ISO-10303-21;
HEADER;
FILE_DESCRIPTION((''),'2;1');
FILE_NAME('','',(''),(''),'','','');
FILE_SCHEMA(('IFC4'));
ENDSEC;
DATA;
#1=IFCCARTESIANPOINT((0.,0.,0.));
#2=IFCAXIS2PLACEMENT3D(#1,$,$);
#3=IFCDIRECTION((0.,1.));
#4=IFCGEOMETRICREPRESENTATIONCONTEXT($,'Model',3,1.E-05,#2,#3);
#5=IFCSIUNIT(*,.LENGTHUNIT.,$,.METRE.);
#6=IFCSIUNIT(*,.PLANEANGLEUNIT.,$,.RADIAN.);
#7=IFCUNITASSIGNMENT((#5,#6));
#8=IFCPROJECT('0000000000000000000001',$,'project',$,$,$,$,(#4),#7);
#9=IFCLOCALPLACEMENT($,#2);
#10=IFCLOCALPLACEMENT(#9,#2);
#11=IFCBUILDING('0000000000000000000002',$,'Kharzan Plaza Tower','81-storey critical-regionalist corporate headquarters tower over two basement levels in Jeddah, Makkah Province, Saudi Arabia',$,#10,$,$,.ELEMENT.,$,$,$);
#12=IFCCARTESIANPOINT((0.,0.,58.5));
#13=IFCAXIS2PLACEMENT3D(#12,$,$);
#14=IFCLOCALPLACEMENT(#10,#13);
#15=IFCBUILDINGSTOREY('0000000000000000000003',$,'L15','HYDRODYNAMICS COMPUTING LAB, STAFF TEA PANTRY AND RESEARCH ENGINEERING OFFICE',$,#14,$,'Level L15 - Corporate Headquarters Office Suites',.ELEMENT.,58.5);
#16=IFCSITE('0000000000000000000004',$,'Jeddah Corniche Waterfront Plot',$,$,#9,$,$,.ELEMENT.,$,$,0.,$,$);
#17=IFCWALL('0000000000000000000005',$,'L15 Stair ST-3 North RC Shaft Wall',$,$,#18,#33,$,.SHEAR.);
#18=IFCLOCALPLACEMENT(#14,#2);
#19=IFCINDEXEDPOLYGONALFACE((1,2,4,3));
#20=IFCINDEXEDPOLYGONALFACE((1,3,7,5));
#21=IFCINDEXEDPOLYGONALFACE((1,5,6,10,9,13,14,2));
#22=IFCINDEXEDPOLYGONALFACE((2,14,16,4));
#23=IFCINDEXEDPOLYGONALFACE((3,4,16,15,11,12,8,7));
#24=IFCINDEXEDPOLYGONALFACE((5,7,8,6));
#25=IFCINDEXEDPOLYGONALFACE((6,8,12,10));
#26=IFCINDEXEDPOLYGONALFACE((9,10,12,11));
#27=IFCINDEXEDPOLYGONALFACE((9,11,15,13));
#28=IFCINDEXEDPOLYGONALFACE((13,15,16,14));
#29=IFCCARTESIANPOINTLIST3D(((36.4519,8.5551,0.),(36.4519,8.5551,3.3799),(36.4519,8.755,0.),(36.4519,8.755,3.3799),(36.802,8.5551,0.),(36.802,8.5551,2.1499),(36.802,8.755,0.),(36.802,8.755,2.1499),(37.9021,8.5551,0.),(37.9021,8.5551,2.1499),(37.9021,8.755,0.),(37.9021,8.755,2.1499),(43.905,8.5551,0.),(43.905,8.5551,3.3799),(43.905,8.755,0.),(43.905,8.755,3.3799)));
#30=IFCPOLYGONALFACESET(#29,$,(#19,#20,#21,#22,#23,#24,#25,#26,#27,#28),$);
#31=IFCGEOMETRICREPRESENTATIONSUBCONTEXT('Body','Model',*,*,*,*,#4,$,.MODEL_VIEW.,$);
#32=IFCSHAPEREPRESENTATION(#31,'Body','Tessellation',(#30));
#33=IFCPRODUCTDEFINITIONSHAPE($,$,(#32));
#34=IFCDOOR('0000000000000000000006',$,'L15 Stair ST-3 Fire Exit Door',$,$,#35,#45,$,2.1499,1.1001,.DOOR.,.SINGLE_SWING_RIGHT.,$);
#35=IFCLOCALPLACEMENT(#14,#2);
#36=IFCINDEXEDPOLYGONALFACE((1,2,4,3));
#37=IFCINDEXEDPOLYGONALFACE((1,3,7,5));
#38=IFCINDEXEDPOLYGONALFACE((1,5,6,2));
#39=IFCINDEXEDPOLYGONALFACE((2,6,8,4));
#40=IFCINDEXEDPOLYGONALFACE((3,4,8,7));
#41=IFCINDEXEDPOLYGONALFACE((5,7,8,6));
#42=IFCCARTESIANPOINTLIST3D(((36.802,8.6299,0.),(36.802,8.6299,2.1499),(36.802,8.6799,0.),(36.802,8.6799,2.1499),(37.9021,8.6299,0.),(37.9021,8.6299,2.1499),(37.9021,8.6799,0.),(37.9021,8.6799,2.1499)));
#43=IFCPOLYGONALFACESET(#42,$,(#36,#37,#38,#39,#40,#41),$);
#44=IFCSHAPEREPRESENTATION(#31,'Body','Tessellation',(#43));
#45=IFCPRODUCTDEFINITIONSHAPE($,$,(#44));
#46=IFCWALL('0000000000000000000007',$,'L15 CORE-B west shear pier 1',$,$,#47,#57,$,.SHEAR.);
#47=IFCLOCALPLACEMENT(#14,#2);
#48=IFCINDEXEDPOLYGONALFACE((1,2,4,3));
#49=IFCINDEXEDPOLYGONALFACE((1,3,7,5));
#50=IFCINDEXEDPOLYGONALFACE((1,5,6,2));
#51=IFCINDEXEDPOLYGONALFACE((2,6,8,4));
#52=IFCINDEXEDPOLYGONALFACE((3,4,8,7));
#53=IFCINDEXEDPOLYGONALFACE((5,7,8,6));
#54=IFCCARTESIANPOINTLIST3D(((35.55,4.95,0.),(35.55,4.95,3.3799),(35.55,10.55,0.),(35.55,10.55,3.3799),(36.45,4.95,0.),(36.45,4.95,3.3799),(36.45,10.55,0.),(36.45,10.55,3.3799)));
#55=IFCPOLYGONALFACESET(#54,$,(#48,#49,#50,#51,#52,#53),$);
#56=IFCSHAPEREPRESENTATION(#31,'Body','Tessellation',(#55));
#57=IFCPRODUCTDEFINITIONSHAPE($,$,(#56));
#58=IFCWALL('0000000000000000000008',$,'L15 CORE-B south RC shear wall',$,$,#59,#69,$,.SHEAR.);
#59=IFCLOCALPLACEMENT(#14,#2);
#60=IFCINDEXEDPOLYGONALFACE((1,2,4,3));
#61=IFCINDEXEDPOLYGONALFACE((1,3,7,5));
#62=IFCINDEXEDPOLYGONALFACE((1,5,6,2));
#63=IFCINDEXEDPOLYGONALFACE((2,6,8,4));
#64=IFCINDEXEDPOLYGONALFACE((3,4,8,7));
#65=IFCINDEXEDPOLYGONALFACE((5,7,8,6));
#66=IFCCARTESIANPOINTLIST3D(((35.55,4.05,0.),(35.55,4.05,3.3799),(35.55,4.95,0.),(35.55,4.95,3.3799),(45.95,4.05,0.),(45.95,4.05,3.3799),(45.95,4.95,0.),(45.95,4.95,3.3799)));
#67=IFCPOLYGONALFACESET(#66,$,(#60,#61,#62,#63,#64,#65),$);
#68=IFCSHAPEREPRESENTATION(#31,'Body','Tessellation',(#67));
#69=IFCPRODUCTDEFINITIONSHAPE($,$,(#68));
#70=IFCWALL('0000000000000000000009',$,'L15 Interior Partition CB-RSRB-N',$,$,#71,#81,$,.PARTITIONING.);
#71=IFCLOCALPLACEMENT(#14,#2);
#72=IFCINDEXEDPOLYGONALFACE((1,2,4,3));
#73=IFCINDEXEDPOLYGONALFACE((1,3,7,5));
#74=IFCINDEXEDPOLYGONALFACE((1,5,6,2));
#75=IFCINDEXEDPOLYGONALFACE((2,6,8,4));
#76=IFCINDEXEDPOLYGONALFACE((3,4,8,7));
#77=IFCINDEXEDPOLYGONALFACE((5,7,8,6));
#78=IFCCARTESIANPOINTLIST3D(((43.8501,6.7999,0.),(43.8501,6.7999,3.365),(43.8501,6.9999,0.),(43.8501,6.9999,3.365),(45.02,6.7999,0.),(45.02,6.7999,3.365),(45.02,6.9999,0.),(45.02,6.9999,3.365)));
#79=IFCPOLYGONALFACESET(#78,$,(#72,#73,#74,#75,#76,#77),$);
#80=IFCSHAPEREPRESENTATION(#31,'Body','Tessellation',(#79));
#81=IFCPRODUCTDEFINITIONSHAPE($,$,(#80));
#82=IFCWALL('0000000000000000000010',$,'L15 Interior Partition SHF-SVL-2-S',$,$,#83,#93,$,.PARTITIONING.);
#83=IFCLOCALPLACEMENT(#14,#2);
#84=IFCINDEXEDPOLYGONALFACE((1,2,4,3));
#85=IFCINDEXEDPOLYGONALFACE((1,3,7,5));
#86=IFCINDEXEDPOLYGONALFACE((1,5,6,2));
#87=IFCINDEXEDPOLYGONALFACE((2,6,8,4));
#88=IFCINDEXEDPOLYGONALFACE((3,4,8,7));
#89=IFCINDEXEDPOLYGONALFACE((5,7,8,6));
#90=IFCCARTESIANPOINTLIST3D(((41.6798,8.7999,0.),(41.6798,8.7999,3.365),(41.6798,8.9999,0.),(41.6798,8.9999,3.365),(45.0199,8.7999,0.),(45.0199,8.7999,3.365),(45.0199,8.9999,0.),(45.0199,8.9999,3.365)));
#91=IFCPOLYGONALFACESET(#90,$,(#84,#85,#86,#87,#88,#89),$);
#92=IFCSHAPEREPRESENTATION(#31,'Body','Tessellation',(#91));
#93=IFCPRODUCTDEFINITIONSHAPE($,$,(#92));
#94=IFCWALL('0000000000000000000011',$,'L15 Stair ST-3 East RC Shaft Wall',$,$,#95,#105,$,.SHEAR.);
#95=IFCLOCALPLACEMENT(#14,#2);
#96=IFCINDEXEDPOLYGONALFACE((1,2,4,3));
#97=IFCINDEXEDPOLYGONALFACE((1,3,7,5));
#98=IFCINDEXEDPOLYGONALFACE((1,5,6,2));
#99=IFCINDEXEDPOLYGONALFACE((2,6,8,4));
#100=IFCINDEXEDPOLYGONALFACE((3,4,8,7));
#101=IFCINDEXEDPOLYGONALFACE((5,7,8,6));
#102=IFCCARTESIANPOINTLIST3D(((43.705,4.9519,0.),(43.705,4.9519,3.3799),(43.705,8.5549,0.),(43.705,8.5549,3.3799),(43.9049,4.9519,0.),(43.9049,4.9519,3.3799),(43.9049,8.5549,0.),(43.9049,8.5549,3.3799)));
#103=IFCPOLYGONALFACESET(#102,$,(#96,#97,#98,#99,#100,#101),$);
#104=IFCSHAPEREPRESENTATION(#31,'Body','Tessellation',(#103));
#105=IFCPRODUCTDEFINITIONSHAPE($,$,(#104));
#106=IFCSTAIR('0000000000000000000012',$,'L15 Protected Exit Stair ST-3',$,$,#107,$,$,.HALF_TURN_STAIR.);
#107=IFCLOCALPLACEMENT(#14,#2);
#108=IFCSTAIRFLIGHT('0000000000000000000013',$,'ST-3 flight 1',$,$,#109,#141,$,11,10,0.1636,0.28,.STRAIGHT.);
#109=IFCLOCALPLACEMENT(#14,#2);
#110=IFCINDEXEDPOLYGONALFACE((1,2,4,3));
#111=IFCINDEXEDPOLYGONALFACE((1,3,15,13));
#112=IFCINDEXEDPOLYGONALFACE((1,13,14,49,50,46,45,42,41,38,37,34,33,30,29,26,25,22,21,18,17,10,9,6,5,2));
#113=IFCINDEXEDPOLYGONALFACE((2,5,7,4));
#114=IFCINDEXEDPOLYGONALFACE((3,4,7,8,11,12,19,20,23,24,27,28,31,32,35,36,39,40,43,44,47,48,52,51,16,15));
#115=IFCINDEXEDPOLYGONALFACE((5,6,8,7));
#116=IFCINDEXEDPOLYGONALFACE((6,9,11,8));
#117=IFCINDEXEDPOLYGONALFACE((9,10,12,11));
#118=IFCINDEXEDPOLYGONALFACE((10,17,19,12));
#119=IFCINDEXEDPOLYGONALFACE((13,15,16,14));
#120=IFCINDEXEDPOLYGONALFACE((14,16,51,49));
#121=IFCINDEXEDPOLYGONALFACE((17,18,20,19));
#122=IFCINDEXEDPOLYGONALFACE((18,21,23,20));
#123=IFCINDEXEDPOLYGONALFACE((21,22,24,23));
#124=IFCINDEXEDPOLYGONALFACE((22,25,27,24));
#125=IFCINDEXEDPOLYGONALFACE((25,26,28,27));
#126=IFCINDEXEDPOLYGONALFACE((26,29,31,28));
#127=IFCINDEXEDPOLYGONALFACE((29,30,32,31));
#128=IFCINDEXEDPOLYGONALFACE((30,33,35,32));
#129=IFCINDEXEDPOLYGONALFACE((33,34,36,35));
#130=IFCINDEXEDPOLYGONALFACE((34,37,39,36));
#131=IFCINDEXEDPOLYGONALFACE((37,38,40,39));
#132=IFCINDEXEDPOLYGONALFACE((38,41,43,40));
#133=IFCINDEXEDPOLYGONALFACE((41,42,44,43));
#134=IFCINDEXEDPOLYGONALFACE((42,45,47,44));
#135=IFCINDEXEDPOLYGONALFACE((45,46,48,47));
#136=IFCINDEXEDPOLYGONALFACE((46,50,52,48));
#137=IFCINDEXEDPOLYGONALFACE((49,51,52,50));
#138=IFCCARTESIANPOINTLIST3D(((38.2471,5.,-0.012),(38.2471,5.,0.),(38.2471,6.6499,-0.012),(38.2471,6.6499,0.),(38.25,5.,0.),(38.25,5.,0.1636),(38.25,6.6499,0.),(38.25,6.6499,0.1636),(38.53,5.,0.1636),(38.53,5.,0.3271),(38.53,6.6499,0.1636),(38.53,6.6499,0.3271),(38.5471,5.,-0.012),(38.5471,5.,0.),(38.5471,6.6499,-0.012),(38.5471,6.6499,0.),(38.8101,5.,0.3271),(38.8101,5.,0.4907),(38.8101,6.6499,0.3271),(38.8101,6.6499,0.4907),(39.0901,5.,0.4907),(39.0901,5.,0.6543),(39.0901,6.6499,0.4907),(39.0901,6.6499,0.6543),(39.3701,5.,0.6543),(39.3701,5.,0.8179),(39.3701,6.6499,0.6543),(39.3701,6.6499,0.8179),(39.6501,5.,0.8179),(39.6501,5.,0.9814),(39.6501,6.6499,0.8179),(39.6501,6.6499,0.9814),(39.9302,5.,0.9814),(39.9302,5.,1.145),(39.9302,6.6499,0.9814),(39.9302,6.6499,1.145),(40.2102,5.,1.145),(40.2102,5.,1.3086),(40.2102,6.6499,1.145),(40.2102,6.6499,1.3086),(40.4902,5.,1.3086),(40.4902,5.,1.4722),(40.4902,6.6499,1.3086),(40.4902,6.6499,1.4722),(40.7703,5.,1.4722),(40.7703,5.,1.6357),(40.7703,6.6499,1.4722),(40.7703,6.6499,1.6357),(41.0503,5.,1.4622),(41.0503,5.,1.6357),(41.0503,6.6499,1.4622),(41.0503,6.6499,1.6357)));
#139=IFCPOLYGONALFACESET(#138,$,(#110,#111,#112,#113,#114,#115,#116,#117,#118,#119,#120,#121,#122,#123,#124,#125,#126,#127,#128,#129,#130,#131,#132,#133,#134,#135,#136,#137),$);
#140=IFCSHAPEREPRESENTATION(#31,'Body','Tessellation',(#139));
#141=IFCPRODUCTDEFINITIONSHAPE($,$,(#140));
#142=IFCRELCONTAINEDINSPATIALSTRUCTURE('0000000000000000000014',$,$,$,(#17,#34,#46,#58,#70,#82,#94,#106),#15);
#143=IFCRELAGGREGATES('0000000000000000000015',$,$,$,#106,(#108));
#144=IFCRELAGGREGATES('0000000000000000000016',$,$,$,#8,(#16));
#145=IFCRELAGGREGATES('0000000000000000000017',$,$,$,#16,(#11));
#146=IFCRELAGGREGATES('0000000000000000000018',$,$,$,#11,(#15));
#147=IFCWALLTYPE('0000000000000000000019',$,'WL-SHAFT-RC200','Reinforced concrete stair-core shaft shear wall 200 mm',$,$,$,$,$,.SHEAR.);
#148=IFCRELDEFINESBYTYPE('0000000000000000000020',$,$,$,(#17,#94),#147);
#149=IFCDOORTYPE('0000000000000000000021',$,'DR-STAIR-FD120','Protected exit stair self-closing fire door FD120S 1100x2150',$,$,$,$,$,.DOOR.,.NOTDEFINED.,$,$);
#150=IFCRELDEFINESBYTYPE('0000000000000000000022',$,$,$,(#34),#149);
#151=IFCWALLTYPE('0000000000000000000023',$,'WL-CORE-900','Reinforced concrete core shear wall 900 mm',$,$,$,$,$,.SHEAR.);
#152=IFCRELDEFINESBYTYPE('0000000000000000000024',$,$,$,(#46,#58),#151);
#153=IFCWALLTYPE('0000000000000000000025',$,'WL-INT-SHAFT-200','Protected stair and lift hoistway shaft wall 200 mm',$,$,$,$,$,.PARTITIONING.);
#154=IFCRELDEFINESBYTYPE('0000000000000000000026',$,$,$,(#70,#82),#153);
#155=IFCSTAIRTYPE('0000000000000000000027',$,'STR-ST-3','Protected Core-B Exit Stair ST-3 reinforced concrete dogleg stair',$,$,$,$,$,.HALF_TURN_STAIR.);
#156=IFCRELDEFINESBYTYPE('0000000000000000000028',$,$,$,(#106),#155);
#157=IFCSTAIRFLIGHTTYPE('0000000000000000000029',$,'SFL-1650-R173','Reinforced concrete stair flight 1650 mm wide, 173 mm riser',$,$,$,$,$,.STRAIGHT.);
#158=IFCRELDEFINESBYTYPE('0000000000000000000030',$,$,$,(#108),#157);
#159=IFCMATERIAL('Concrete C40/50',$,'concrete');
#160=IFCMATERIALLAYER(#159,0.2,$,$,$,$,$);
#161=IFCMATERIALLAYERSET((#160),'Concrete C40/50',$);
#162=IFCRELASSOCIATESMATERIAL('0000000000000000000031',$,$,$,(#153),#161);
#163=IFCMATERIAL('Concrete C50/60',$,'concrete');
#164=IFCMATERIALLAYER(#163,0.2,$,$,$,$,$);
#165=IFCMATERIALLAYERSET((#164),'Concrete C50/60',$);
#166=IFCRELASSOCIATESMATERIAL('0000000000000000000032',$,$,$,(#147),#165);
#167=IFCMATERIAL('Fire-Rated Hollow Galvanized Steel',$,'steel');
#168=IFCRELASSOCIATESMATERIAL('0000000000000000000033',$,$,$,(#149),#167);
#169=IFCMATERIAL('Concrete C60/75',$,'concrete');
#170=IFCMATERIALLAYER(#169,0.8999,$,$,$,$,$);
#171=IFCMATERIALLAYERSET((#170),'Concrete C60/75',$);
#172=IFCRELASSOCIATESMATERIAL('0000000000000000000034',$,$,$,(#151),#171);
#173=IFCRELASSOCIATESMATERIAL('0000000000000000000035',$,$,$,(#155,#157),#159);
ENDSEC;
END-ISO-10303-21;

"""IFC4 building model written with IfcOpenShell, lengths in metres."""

from ifc_helpers import new_model, si_unit, direction, frame, frame_2d, origin, place, context, subcontext, project, spatial, polyline, rectangle, outline, extrude, source, transform, mapped, material, layer, layer_set, type_object, element, fill, aggregate, save


model = new_model("IFC4")

# Units and contexts
model_context = context("Model", 3, precision=1e-05, world=origin(), true_north=direction((0.0, 1.0)))
body_context = subcontext(model_context, "Body", "Model", "MODEL_VIEW")
ifc_project = project(units=[si_unit("LENGTHUNIT", "METRE"), si_unit("PLANEANGLEUNIT", "RADIAN")], contexts=[model_context])

# Site, building, storey
site_placement = place(None, origin())
site = spatial("IfcSite", under=ifc_project, at=site_placement, Name="Jeddah Corniche Waterfront Plot", CompositionType="ELEMENT", RefElevation=0.0)
building_placement = place(site_placement, origin())
building = spatial("IfcBuilding", under=site, at=building_placement, Name="Kharzan Plaza Tower", Description="81-storey critical-regionalist corporate headquarters tower over two basement levels in Jeddah, Makkah Province, Saudi Arabia", CompositionType="ELEMENT")
storey_placement = place(building_placement, frame((0.0, 0.0, 58.5)))
storey = spatial("IfcBuildingStorey", under=building, at=storey_placement, Name="L15", Description="HYDRODYNAMICS COMPUTING LAB, STAFF TEA PANTRY AND RESEARCH ENGINEERING OFFICE", LongName="Level L15 - Corporate Headquarters Office Suites", CompositionType="ELEMENT", Elevation=58.5)

# Shared definitions
ifc_material_1 = material(Name="Concrete C60/75", Category="concrete")

# Shared definitions
ifc_material_2 = material(Name="Concrete C40/50", Category="concrete")

# Wall, opening, door
ifc_layer_1 = layer(ifc_material_2, 0.2)
ifc_layer_set_1 = layer_set([ifc_layer_1], Name="Concrete C40/50")
wall_type_1 = type_object("IfcWallType", Name="WL-INT-SHAFT-200", Description="Protected stair and lift hoistway shaft wall 200 mm", PredefinedType="PARTITIONING", material=ifc_layer_set_1)
ifc_material_3 = material(Name="Concrete C50/60", Category="concrete")
ifc_layer_2 = layer(ifc_material_3, 0.2)
ifc_layer_set_2 = layer_set([ifc_layer_2], Name="Concrete C50/60")
wall_type_2 = type_object("IfcWallType", Name="WL-SHAFT-RC200", Description="Reinforced concrete stair-core shaft shear wall 200 mm", PredefinedType="SHEAR", material=ifc_layer_set_2)
wall_1_placement = place(storey_placement, frame((36.4519, 8.655, 0.0), z_axis=(0.0, 0.0, 1.0), x_axis=(1.0, 0.0, 0.0)))
wall_1 = element("IfcWall", 1, at=wall_1_placement, inside=storey, type_object=wall_type_2, Name="L15 Stair ST-3 North RC Shaft Wall", PredefinedType="SHEAR", context=body_context, shape_type="SweptSolid", body=[
    extrude(rectangle(XDim=7.4531, YDim=0.2, at=frame_2d((3.7266, 0.0))), origin(), (0.0, 0.0, 1.0), 3.3799),
])
opening_1_placement = place(wall_1_placement, frame((0.3501, 0.0, 0.0)))
opening_1 = element("IfcOpeningElement", 2, at=opening_1_placement, cuts=wall_1, PredefinedType="OPENING", context=body_context, shape_type="SweptSolid", body=[
    extrude(rectangle(XDim=1.1001, YDim=2.1499, at=frame_2d((0.55, 1.075))), frame((0.0, 0.1099, 0.0), z_axis=(0.0, -1.0, 0.0), x_axis=(1.0, 0.0, 0.0)), (0.0, 0.0, 1.0), 0.22),
])
ifc_material_4 = material(Name="Fire-Rated Hollow Galvanized Steel", Category="steel")
door_type_1 = type_object("IfcDoorType", Name="DR-STAIR-FD120", Description="Protected exit stair self-closing fire door FD120S 1100x2150", OperationType="NOTDEFINED", PredefinedType="DOOR", material=ifc_material_4)
shared_shape_1 = source(origin(), body_context, "Body", "SweptSolid", [
    extrude(rectangle(XDim=1.1001, YDim=2.1499, at=frame_2d((0.55, 1.075))), frame((0.0, 0.0249, 0.0), z_axis=(0.0, -1.0, 0.0), x_axis=(1.0, 0.0, 0.0)), (0.0, 0.0, 1.0), 0.05),
])
door_1_placement = place(opening_1_placement, origin())
door_1 = element("IfcDoor", 3, at=door_1_placement, inside=storey, type_object=door_type_1, Name="L15 Stair ST-3 Fire Exit Door", OperationType="SINGLE_SWING_RIGHT", OverallHeight=2.1499, OverallWidth=1.1001, PredefinedType="DOOR", context=body_context, shape_type="MappedRepresentation", body=[
    mapped(shared_shape_1, transform((0.0, 0.0, 0.0), x_axis=(1.0, 0.0, 0.0), y_axis=(0.0, 1.0, 0.0), z_axis=(0.0, 0.0, 1.0))),
])
fill(opening_1, door_1)

# Walls
ifc_layer_3 = layer(ifc_material_1, 0.8999)
ifc_layer_set_3 = layer_set([ifc_layer_3], Name="Concrete C60/75")
wall_type_3 = type_object("IfcWallType", Name="WL-CORE-900", Description="Reinforced concrete core shear wall 900 mm", PredefinedType="SHEAR", material=ifc_layer_set_3)
shared_shape_2 = source(origin(), body_context, "Body", "SweptSolid", [
    extrude(rectangle(XDim=5.6001, YDim=0.8999, at=frame_2d((2.8, 0.0))), origin(), (0.0, 0.0, 1.0), 3.3799),
])
wall_2_placement = place(storey_placement, frame((36.0, 4.95, 0.0), z_axis=(0.0, 0.0, 1.0), x_axis=(0.0, 1.0, 0.0)))
element("IfcWall", 4, at=wall_2_placement, inside=storey, type_object=wall_type_3, Name="L15 CORE-B west shear pier 1", PredefinedType="SHEAR", context=body_context, shape_type="MappedRepresentation", body=[
    mapped(shared_shape_2, transform((0.0, 0.0, 0.0), x_axis=(1.0, 0.0, 0.0), y_axis=(0.0, 1.0, 0.0), z_axis=(0.0, 0.0, 1.0))),
])
shared_shape_3 = source(origin(), body_context, "Body", "SweptSolid", [
    extrude(rectangle(XDim=10.3999, YDim=0.8999, at=frame_2d((5.2, 0.0))), origin(), (0.0, 0.0, 1.0), 3.3799),
])
wall_3_placement = place(storey_placement, frame((35.55, 4.5, 0.0), z_axis=(0.0, 0.0, 1.0), x_axis=(1.0, 0.0, 0.0)))
element("IfcWall", 5, at=wall_3_placement, inside=storey, type_object=wall_type_3, Name="L15 CORE-B south RC shear wall", PredefinedType="SHEAR", context=body_context, shape_type="MappedRepresentation", body=[
    mapped(shared_shape_3, transform((0.0, 0.0, 0.0), x_axis=(1.0, 0.0, 0.0), y_axis=(0.0, 1.0, 0.0), z_axis=(0.0, 0.0, 1.0))),
])
shared_shape_4 = source(origin(), body_context, "Body", "SweptSolid", [
    extrude(rectangle(XDim=1.1699, YDim=0.2, at=frame_2d((0.585, 0.0))), origin(), (0.0, 0.0, 1.0), 3.365),
])
wall_4_placement = place(storey_placement, frame((43.8501, 6.8999, 0.0), z_axis=(0.0, 0.0, 1.0), x_axis=(1.0, 0.0, 0.0)))
element("IfcWall", 6, at=wall_4_placement, inside=storey, type_object=wall_type_1, Name="L15 Interior Partition CB-RSRB-N", PredefinedType="PARTITIONING", context=body_context, shape_type="MappedRepresentation", body=[
    mapped(shared_shape_4, transform((0.0, 0.0, 0.0), x_axis=(1.0, 0.0, 0.0), y_axis=(0.0, 1.0, 0.0), z_axis=(0.0, 0.0, 1.0))),
])
shared_shape_5 = source(origin(), body_context, "Body", "SweptSolid", [
    extrude(rectangle(XDim=3.3401, YDim=0.2, at=frame_2d((1.6699, 0.0))), origin(), (0.0, 0.0, 1.0), 3.365),
])
wall_5_placement = place(storey_placement, frame((41.6799, 8.8999, 0.0), z_axis=(0.0, 0.0, 1.0), x_axis=(1.0, 0.0, 0.0)))
element("IfcWall", 7, at=wall_5_placement, inside=storey, type_object=wall_type_1, Name="L15 Interior Partition SHF-SVL-2-S", PredefinedType="PARTITIONING", context=body_context, shape_type="MappedRepresentation", body=[
    mapped(shared_shape_5, transform((0.0, 0.0, 0.0), x_axis=(1.0, 0.0, 0.0), y_axis=(0.0, 1.0, 0.0), z_axis=(0.0, 0.0, 1.0))),
])
shared_shape_6 = source(origin(), body_context, "Body", "SweptSolid", [
    extrude(rectangle(XDim=3.603, YDim=0.2, at=frame_2d((1.8015, 0.0))), origin(), (0.0, 0.0, 1.0), 3.3799),
])
wall_6_placement = place(storey_placement, frame((43.8049, 4.9519, 0.0), z_axis=(0.0, 0.0, 1.0), x_axis=(0.0, 1.0, 0.0)))
element("IfcWall", 8, at=wall_6_placement, inside=storey, type_object=wall_type_2, Name="L15 Stair ST-3 East RC Shaft Wall", PredefinedType="SHEAR", context=body_context, shape_type="MappedRepresentation", body=[
    mapped(shared_shape_6, transform((0.0, 0.0, 0.0), x_axis=(1.0, 0.0, 0.0), y_axis=(0.0, 1.0, 0.0), z_axis=(0.0, 0.0, 1.0))),
])

# Stair, stair flight
stair_type = type_object("IfcStairType", Name="STR-ST-3", Description="Protected Core-B Exit Stair ST-3 reinforced concrete dogleg stair", PredefinedType="HALF_TURN_STAIR", material=ifc_material_2)
stair_placement = place(storey_placement, origin())
stair = element("IfcStair", 9, at=stair_placement, inside=storey, type_object=stair_type, Name="L15 Protected Exit Stair ST-3", PredefinedType="HALF_TURN_STAIR")
stair_flight_type = type_object("IfcStairFlightType", Name="SFL-1650-R173", Description="Reinforced concrete stair flight 1650 mm wide, 173 mm riser", PredefinedType="STRAIGHT", material=ifc_material_2)
shared_shape_7 = source(origin(), body_context, "Body", "SweptSolid", [
    extrude(outline(polyline([(-0.0029, -0.012), (-0.0029, 0.0), (0.0, 0.0), (0.0, 0.1636), (0.28, 0.1636), (0.28, 0.3271), (0.5601, 0.3271), (0.5601, 0.4907), (0.8401, 0.4907), (0.8401, 0.6543), (1.1201, 0.6543), (1.1201, 0.8179), (1.4001, 0.8179), (1.4001, 0.9814), (1.6802, 0.9814), (1.6802, 1.145), (1.9602, 1.145), (1.9602, 1.3086), (2.2402, 1.3086), (2.2402, 1.4722), (2.5203, 1.4722), (2.5203, 1.6357), (2.8003, 1.6357), (2.8003, 1.7993), (2.8003, 1.4622), (0.2971, 0.0), (0.2971, -0.012), (-0.0029, -0.012)])), frame((0.0, 0.825, 0.0), z_axis=(0.0, -1.0, 0.0), x_axis=(1.0, 0.0, 0.0)), (0.0, 0.0, 1.0), 1.6499),
])
stair_flight_1_placement = place(storey_placement, frame((38.25, 5.825, 0.0), z_axis=(0.0, 0.0, 1.0), x_axis=(1.0, 0.0, 0.0)))
stair_flight_1 = element("IfcStairFlight", 10, at=stair_flight_1_placement, type_object=stair_flight_type, Name="ST-3 flight 1", NumberOfRisers=11, NumberOfTreads=10, PredefinedType="STRAIGHT", RiserHeight=0.1636, TreadLength=0.28, context=body_context, shape_type="MappedRepresentation", body=[
    mapped(shared_shape_7, transform((0.0, 0.0, 0.0), x_axis=(1.0, 0.0, 0.0), y_axis=(0.0, 1.0, 0.0), z_axis=(0.0, 0.0, 1.0))),
])
aggregate(stair, [stair_flight_1])

save(model, "model.ifc")
